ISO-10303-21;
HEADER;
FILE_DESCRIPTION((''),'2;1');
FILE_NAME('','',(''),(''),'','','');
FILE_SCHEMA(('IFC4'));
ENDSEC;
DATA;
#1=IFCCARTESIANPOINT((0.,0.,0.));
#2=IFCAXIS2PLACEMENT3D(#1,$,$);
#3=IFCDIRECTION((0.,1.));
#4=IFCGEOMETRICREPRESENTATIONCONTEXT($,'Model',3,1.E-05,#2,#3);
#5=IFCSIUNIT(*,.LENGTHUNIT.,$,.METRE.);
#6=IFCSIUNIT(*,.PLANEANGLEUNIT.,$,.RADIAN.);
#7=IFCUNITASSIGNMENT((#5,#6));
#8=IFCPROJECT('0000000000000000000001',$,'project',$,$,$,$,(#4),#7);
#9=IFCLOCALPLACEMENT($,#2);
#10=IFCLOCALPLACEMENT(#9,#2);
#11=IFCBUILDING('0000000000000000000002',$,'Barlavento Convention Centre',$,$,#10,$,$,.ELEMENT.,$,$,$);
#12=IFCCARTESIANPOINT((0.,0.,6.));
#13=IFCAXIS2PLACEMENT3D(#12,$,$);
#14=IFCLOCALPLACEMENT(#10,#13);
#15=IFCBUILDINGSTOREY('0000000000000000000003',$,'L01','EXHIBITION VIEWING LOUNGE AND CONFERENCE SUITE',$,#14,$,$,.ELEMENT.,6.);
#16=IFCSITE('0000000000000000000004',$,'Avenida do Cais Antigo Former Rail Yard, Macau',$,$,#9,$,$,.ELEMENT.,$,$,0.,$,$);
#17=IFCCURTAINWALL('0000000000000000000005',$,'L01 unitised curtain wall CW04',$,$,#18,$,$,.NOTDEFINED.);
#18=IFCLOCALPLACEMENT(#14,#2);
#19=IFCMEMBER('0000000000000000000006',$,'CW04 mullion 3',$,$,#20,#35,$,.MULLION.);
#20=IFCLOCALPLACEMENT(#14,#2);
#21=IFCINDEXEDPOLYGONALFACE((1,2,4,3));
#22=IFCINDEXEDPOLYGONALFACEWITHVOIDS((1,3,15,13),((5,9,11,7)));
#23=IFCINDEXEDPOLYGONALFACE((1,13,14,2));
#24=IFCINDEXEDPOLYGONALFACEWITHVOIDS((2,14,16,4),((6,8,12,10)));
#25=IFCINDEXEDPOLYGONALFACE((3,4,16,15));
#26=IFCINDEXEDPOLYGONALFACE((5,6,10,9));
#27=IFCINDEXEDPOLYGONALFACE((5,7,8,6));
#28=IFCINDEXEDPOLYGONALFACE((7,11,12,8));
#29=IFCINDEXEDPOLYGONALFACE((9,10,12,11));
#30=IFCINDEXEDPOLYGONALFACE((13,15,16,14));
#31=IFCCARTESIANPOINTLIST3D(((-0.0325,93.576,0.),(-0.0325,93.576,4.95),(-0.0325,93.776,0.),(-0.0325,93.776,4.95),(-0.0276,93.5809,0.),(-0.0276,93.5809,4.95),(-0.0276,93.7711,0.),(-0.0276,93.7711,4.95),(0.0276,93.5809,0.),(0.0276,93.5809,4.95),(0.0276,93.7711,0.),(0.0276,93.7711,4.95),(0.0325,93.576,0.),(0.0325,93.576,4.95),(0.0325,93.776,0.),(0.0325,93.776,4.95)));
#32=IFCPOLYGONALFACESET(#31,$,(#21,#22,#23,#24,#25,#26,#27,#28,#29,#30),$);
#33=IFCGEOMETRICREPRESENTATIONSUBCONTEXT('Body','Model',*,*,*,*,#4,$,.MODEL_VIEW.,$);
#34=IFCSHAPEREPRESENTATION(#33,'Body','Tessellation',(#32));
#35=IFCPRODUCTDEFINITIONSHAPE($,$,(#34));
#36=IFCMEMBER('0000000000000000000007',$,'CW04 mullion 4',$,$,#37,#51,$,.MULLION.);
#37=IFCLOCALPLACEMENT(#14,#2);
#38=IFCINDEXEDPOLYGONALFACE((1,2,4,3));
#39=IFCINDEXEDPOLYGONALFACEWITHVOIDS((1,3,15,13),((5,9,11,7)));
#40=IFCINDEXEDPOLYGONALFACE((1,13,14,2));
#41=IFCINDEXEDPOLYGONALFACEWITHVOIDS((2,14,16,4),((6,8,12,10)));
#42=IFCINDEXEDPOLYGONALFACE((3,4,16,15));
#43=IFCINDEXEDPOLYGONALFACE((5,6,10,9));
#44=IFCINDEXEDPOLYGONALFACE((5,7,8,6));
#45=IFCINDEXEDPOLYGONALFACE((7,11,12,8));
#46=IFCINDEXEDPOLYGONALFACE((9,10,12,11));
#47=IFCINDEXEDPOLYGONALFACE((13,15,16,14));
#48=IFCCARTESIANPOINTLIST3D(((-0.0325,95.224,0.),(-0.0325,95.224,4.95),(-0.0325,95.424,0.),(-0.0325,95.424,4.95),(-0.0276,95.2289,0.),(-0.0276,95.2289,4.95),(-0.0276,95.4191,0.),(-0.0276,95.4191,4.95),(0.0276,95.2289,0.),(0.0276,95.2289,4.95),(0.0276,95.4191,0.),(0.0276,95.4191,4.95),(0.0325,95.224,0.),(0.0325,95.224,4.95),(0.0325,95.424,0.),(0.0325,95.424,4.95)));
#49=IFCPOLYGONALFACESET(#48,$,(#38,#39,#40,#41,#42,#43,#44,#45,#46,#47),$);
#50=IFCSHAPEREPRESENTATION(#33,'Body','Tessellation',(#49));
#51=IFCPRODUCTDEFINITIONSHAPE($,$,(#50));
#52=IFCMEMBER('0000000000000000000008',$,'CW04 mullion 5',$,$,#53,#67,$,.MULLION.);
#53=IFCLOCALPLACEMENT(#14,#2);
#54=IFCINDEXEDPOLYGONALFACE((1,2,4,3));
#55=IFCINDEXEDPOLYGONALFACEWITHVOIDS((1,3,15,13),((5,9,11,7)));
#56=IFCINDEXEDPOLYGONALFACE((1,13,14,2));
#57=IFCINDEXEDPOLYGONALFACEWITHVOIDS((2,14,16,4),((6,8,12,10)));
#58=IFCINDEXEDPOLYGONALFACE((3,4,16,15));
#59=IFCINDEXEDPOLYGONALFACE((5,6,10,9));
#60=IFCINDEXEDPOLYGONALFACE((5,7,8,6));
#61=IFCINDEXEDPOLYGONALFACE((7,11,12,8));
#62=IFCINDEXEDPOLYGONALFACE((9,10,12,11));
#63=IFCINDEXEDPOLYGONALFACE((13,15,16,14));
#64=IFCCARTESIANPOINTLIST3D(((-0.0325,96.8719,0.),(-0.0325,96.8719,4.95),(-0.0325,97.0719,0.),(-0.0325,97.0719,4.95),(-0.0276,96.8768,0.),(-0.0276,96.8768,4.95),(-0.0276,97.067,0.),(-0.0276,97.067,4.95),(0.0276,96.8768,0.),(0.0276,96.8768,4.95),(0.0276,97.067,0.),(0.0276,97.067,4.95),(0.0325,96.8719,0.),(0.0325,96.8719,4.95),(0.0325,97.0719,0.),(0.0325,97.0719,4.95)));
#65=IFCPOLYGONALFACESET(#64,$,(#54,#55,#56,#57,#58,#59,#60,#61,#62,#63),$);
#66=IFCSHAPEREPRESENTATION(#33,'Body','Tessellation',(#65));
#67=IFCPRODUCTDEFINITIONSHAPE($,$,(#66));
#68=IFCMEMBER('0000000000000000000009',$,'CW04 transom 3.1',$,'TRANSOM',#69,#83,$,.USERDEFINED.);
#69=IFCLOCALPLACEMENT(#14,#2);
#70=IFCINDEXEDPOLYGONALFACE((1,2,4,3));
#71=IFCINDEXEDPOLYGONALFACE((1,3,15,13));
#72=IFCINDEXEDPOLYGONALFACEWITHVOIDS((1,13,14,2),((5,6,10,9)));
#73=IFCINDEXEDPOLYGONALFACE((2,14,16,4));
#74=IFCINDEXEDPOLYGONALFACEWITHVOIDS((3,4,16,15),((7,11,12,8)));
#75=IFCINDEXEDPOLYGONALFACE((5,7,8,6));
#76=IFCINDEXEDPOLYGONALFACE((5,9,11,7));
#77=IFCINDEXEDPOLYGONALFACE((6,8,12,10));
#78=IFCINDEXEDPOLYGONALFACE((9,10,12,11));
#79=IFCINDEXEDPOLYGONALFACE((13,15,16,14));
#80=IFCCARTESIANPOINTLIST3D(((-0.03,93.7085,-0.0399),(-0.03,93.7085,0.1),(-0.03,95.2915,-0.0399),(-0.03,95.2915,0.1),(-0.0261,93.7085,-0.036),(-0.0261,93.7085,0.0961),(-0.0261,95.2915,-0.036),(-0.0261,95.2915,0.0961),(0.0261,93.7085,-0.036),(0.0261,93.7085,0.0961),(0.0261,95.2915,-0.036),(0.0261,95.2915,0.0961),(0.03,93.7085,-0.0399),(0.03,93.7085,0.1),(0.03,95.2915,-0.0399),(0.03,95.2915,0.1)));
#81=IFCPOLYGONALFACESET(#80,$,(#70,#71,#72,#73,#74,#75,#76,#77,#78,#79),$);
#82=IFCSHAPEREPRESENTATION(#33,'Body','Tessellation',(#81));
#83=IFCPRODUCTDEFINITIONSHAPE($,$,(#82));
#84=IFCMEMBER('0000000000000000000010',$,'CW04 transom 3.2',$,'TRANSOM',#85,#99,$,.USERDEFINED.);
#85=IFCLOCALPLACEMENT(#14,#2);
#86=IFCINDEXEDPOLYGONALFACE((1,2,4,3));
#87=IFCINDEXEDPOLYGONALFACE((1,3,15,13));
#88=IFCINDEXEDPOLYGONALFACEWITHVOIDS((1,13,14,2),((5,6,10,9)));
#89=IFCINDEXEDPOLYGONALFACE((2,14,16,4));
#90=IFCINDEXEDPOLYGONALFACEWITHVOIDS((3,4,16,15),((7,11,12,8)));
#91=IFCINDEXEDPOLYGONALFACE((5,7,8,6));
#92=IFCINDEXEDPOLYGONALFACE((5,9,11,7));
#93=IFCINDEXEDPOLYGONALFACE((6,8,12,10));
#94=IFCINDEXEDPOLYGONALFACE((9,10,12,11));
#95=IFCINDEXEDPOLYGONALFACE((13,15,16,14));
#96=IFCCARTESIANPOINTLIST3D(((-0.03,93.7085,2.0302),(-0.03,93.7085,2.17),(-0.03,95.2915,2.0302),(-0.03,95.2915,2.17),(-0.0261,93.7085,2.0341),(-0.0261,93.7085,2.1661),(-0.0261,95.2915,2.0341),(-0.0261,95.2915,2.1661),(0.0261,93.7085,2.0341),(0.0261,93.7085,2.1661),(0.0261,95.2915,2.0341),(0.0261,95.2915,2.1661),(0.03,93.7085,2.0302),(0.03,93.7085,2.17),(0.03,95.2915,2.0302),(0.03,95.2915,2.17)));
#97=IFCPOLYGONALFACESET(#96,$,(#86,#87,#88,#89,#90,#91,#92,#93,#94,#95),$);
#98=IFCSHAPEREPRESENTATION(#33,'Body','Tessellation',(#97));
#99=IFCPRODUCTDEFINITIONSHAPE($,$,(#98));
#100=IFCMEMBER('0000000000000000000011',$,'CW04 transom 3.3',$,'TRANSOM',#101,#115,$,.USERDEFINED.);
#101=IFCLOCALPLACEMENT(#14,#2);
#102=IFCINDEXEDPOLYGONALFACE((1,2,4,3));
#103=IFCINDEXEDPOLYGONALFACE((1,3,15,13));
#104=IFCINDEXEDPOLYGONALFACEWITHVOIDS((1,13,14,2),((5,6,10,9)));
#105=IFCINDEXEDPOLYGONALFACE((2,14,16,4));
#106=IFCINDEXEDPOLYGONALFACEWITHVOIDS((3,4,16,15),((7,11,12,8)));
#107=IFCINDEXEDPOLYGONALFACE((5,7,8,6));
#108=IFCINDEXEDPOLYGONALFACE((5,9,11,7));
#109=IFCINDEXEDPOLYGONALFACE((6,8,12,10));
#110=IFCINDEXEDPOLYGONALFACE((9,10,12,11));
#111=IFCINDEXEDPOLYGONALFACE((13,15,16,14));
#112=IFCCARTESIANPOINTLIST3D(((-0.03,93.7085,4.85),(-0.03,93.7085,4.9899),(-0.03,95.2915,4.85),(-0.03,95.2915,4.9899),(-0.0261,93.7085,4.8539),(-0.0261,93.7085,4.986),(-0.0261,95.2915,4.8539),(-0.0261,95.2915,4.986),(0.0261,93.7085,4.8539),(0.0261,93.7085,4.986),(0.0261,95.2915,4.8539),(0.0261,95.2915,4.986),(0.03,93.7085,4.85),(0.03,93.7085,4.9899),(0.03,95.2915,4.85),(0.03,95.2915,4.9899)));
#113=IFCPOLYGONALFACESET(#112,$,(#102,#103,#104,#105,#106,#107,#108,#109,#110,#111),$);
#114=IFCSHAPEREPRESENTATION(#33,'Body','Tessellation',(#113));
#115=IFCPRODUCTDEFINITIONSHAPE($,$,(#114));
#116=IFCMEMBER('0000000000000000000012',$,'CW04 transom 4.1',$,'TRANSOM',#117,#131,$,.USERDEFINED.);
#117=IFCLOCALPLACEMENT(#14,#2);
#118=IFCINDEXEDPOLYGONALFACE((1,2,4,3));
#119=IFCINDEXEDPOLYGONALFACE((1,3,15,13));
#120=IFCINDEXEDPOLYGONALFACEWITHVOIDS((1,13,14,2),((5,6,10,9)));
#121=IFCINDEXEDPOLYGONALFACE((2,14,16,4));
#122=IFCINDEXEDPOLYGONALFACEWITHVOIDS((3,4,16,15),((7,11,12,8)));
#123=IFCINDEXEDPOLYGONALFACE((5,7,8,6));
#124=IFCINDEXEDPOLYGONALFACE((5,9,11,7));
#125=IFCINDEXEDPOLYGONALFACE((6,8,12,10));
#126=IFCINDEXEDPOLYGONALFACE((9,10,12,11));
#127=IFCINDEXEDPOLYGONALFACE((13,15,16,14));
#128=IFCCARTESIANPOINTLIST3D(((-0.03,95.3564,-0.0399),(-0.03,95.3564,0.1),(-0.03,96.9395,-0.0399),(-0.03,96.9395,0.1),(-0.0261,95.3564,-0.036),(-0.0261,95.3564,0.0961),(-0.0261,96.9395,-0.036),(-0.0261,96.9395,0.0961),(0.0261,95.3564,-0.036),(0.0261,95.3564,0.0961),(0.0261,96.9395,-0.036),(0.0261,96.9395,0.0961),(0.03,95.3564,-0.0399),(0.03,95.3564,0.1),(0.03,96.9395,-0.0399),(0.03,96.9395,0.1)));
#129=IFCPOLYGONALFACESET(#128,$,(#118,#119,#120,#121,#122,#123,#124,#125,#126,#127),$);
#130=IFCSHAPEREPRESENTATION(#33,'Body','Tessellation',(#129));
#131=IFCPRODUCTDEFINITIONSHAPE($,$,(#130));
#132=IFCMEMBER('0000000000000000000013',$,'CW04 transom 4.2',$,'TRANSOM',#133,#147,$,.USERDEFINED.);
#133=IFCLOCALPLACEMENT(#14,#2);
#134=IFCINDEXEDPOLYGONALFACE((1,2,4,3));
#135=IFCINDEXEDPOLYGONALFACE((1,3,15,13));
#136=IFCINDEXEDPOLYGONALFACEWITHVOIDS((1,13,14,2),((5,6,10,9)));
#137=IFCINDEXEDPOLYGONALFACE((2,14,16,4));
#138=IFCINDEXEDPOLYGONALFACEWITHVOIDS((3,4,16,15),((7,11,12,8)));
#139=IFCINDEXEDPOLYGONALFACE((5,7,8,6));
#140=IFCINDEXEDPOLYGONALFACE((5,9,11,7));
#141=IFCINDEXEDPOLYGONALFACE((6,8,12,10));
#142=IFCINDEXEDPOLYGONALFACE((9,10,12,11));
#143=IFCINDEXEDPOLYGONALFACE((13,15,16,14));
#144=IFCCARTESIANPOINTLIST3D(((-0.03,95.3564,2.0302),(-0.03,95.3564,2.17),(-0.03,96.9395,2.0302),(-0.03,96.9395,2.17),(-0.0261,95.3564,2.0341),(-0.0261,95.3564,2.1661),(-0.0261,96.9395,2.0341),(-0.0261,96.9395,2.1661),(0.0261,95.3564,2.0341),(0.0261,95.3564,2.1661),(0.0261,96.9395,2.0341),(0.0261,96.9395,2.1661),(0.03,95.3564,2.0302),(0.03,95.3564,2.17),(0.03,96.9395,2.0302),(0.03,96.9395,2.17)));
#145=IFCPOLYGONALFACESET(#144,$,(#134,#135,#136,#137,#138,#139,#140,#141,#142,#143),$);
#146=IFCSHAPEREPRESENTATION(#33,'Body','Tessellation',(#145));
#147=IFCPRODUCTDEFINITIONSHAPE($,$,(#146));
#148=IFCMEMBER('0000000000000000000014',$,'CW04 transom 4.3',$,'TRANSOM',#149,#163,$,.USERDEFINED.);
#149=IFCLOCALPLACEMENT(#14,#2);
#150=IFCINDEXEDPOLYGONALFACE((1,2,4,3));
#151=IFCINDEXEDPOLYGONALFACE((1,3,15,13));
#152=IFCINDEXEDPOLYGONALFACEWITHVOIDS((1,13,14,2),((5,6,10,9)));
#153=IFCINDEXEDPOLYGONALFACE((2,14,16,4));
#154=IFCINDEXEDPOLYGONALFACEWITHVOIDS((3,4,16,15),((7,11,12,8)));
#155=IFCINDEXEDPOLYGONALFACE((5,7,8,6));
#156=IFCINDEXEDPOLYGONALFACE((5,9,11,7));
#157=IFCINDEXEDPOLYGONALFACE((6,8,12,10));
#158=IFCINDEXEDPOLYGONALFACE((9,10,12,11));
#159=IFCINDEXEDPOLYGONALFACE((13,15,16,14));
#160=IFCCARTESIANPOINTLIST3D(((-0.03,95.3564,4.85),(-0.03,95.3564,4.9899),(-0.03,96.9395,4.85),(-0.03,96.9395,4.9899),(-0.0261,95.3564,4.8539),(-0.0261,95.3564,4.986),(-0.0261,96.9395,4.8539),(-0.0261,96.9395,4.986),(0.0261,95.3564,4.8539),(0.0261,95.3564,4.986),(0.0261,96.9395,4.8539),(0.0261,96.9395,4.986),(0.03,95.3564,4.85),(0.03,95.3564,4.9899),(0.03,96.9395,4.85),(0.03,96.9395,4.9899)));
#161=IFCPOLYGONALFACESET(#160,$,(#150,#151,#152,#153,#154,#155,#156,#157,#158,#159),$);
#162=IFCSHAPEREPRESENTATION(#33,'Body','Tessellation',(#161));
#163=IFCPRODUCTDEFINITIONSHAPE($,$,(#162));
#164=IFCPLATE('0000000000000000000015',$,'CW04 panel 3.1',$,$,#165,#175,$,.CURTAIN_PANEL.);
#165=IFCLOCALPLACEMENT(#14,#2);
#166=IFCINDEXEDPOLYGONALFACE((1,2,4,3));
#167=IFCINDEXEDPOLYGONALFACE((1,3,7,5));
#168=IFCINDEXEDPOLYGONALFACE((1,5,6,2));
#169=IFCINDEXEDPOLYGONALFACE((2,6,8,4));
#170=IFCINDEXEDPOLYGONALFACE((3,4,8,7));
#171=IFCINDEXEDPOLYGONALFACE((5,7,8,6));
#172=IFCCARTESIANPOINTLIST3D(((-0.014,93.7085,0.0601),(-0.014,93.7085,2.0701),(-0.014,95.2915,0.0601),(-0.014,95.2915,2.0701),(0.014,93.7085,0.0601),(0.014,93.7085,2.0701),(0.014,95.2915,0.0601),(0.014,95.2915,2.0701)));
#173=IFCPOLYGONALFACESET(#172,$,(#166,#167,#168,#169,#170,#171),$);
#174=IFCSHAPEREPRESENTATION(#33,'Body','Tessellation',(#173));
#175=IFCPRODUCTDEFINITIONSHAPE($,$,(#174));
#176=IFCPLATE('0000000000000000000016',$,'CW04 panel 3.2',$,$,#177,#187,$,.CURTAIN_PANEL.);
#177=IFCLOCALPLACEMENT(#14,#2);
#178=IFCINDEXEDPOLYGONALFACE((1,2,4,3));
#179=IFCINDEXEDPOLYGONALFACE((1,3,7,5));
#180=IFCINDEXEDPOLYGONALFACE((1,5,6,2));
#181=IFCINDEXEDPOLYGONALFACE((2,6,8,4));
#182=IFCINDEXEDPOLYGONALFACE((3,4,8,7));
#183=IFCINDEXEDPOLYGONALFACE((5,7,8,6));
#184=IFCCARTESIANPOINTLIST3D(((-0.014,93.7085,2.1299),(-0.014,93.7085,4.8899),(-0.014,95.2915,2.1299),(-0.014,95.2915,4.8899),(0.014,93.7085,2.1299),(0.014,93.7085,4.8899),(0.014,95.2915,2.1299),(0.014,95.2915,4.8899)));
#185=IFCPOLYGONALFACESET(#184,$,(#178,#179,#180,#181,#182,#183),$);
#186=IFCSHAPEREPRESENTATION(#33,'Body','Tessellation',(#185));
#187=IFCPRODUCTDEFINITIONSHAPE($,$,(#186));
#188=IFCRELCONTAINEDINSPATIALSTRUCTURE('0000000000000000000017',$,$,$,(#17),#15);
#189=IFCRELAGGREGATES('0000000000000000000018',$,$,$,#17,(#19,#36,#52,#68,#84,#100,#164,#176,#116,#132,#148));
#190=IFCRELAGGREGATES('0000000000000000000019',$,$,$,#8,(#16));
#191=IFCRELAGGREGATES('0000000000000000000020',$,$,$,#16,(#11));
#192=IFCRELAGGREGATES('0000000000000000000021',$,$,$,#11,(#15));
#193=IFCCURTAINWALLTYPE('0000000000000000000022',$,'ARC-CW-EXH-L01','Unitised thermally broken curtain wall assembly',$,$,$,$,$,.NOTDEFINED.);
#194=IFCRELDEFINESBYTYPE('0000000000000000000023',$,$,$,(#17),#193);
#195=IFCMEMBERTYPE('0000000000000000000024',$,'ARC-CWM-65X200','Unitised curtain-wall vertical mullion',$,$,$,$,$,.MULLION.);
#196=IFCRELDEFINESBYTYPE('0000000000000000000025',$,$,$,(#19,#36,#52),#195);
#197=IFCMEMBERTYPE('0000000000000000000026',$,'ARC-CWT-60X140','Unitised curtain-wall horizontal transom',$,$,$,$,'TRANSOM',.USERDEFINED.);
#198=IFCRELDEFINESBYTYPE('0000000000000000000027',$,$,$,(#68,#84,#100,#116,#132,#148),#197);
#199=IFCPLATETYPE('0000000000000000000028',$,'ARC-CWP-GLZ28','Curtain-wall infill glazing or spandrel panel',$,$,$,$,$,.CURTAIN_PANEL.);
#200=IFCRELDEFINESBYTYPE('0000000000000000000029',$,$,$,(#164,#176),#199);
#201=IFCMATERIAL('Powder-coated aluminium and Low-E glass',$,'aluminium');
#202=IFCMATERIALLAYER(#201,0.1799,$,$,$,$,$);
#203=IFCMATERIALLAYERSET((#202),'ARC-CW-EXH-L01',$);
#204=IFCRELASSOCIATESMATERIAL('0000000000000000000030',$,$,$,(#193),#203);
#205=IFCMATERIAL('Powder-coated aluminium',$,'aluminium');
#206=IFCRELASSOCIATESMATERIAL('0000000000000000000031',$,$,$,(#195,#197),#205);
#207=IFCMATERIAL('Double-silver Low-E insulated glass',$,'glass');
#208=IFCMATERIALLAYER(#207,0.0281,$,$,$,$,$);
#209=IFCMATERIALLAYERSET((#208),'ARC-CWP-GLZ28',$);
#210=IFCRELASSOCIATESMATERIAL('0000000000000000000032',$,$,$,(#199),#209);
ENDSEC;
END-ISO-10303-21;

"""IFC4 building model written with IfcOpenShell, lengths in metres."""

from ifc_helpers import new_model, si_unit, direction, frame, origin, origin_2d, place, context, subcontext, project, spatial, rectangle, hollow_rectangle, extrude, material, layer, layer_set, material_profile, profile_set, type_object, element, aggregate, save


model = new_model("IFC4")

# Units and contexts
model_context = context("Model", 3, precision=1e-05, world=origin(), true_north=direction((0.0, 1.0)))
body_context = subcontext(model_context, "Body", "Model", "MODEL_VIEW")
ifc_project = project(units=[si_unit("LENGTHUNIT", "METRE"), si_unit("PLANEANGLEUNIT", "RADIAN")], contexts=[model_context])

# Site, building, storey
site_placement = place(None, origin())
site = spatial("IfcSite", under=ifc_project, at=site_placement, Name="Avenida do Cais Antigo Former Rail Yard, Macau", CompositionType="ELEMENT", RefElevation=0.0)
building_placement = place(site_placement, origin())
building = spatial("IfcBuilding", under=site, at=building_placement, Name="Barlavento Convention Centre", CompositionType="ELEMENT")
storey_placement = place(building_placement, frame((0.0, 0.0, 6.0)))
storey = spatial("IfcBuildingStorey", under=building, at=storey_placement, Name="L01", Description="EXHIBITION VIEWING LOUNGE AND CONFERENCE SUITE", CompositionType="ELEMENT", Elevation=6.0)

# Curtain wall, members, plates
ifc_material_1 = material(Name="Powder-coated aluminium and Low-E glass", Category="aluminium")
ifc_layer_1 = layer(ifc_material_1, 0.1799)
ifc_layer_set_1 = layer_set([ifc_layer_1], Name="ARC-CW-EXH-L01")
curtain_wall_type = type_object("IfcCurtainWallType", Name="ARC-CW-EXH-L01", Description="Unitised thermally broken curtain wall assembly", PredefinedType="NOTDEFINED", material=ifc_layer_set_1)
curtain_wall_placement = place(storey_placement, origin())
curtain_wall = element("IfcCurtainWall", 1, at=curtain_wall_placement, inside=storey, type_object=curtain_wall_type, Name="L01 unitised curtain wall CW04", PredefinedType="NOTDEFINED")
ifc_material_2 = material(Name="Powder-coated aluminium", Category="aluminium")
ifc_material_profile_1 = material_profile(ifc_material_2, hollow_rectangle(XDim=0.0649, YDim=0.2, WallThickness=0.0049, at=origin_2d()), Name="AL-MULL 65x200x5")
ifc_profile_set_1 = profile_set([ifc_material_profile_1], Name="Powder-coated aluminium")
member_type_1 = type_object("IfcMemberType", Name="ARC-CWM-65X200", Description="Unitised curtain-wall vertical mullion", PredefinedType="MULLION", material=ifc_profile_set_1)
member_1_placement = place(storey_placement, frame((0.0, 93.676, 0.0), z_axis=(0.0, 0.0, 1.0), x_axis=(-1.0, 0.0, 0.0)))
member_1 = element("IfcMember", 2, at=member_1_placement, type_object=member_type_1, Name="CW04 mullion 3", PredefinedType="MULLION", context=body_context, shape_type="SweptSolid", body=[
    extrude(hollow_rectangle(XDim=0.0649, YDim=0.2, WallThickness=0.0049, at=origin_2d()), origin(), (0.0, 0.0, 1.0), 4.95),
])
member_2_placement = place(storey_placement, frame((0.0, 95.324, 0.0), z_axis=(0.0, 0.0, 1.0), x_axis=(-1.0, 0.0, 0.0)))
member_2 = element("IfcMember", 3, at=member_2_placement, type_object=member_type_1, Name="CW04 mullion 4", PredefinedType="MULLION", context=body_context, shape_type="SweptSolid", body=[
    extrude(hollow_rectangle(XDim=0.0649, YDim=0.2, WallThickness=0.0049, at=origin_2d()), origin(), (0.0, 0.0, 1.0), 4.95),
])
member_3_placement = place(storey_placement, frame((0.0, 96.9719, 0.0), z_axis=(0.0, 0.0, 1.0), x_axis=(-1.0, 0.0, 0.0)))
member_3 = element("IfcMember", 4, at=member_3_placement, type_object=member_type_1, Name="CW04 mullion 5", PredefinedType="MULLION", context=body_context, shape_type="SweptSolid", body=[
    extrude(hollow_rectangle(XDim=0.0649, YDim=0.2, WallThickness=0.0049, at=origin_2d()), origin(), (0.0, 0.0, 1.0), 4.95),
])
ifc_material_profile_2 = material_profile(ifc_material_2, hollow_rectangle(XDim=0.0601, YDim=0.1399, WallThickness=0.0039, at=origin_2d()), Name="AL-TRAN 60x140x4")
ifc_profile_set_2 = profile_set([ifc_material_profile_2], Name="Powder-coated aluminium")
member_type_2 = type_object("IfcMemberType", Name="ARC-CWT-60X140", Description="Unitised curtain-wall horizontal transom", ElementType="TRANSOM", PredefinedType="USERDEFINED", material=ifc_profile_set_2)
member_4_placement = place(storey_placement, frame((0.0, 93.7085, 0.03), z_axis=(0.0, 1.0, 0.0), x_axis=(-1.0, 0.0, 0.0)))
member_4 = element("IfcMember", 5, at=member_4_placement, type_object=member_type_2, Name="CW04 transom 3.1", ObjectType="TRANSOM", PredefinedType="USERDEFINED", context=body_context, shape_type="SweptSolid", body=[
    extrude(hollow_rectangle(XDim=0.0601, YDim=0.1399, WallThickness=0.0039, at=origin_2d()), origin(), (0.0, 0.0, 1.0), 1.583),
])
member_5_placement = place(storey_placement, frame((0.0, 93.7085, 2.1001), z_axis=(0.0, 1.0, 0.0), x_axis=(-1.0, 0.0, 0.0)))
member_5 = element("IfcMember", 6, at=member_5_placement, type_object=member_type_2, Name="CW04 transom 3.2", ObjectType="TRANSOM", PredefinedType="USERDEFINED", context=body_context, shape_type="SweptSolid", body=[
    extrude(hollow_rectangle(XDim=0.0601, YDim=0.1399, WallThickness=0.0039, at=origin_2d()), origin(), (0.0, 0.0, 1.0), 1.583),
])
member_6_placement = place(storey_placement, frame((0.0, 93.7085, 4.9199), z_axis=(0.0, 1.0, 0.0), x_axis=(-1.0, 0.0, 0.0)))
member_6 = element("IfcMember", 7, at=member_6_placement, type_object=member_type_2, Name="CW04 transom 3.3", ObjectType="TRANSOM", PredefinedType="USERDEFINED", context=body_context, shape_type="SweptSolid", body=[
    extrude(hollow_rectangle(XDim=0.0601, YDim=0.1399, WallThickness=0.0039, at=origin_2d()), origin(), (0.0, 0.0, 1.0), 1.583),
])
member_7_placement = place(storey_placement, frame((0.0, 95.3564, 0.03), z_axis=(0.0, 1.0, 0.0), x_axis=(-1.0, 0.0, 0.0)))
member_7 = element("IfcMember", 8, at=member_7_placement, type_object=member_type_2, Name="CW04 transom 4.1", ObjectType="TRANSOM", PredefinedType="USERDEFINED", context=body_context, shape_type="SweptSolid", body=[
    extrude(hollow_rectangle(XDim=0.0601, YDim=0.1399, WallThickness=0.0039, at=origin_2d()), origin(), (0.0, 0.0, 1.0), 1.583),
])
member_8_placement = place(storey_placement, frame((0.0, 95.3564, 2.1001), z_axis=(0.0, 1.0, 0.0), x_axis=(-1.0, 0.0, 0.0)))
member_8 = element("IfcMember", 9, at=member_8_placement, type_object=member_type_2, Name="CW04 transom 4.2", ObjectType="TRANSOM", PredefinedType="USERDEFINED", context=body_context, shape_type="SweptSolid", body=[
    extrude(hollow_rectangle(XDim=0.0601, YDim=0.1399, WallThickness=0.0039, at=origin_2d()), origin(), (0.0, 0.0, 1.0), 1.583),
])
member_9_placement = place(storey_placement, frame((0.0, 95.3564, 4.9199), z_axis=(0.0, 1.0, 0.0), x_axis=(-1.0, 0.0, 0.0)))
member_9 = element("IfcMember", 10, at=member_9_placement, type_object=member_type_2, Name="CW04 transom 4.3", ObjectType="TRANSOM", PredefinedType="USERDEFINED", context=body_context, shape_type="SweptSolid", body=[
    extrude(hollow_rectangle(XDim=0.0601, YDim=0.1399, WallThickness=0.0039, at=origin_2d()), origin(), (0.0, 0.0, 1.0), 1.583),
])
ifc_material_3 = material(Name="Double-silver Low-E insulated glass", Category="glass")
ifc_layer_2 = layer(ifc_material_3, 0.0281)
ifc_layer_set_2 = layer_set([ifc_layer_2], Name="ARC-CWP-GLZ28")
plate_type = type_object("IfcPlateType", Name="ARC-CWP-GLZ28", Description="Curtain-wall infill glazing or spandrel panel", PredefinedType="CURTAIN_PANEL", material=ifc_layer_set_2)
plate_1_placement = place(storey_placement, frame((0.0, 94.5, 0.0601), z_axis=(0.0, 0.0, 1.0), x_axis=(0.0, 1.0, 0.0)))
plate_1 = element("IfcPlate", 11, at=plate_1_placement, type_object=plate_type, Name="CW04 panel 3.1", PredefinedType="CURTAIN_PANEL", context=body_context, shape_type="SweptSolid", body=[
    extrude(rectangle(XDim=1.583, YDim=0.0281, at=origin_2d()), origin(), (0.0, 0.0, 1.0), 2.01),
])
plate_2_placement = place(storey_placement, frame((0.0, 94.5, 2.1299), z_axis=(0.0, 0.0, 1.0), x_axis=(0.0, 1.0, 0.0)))
plate_2 = element("IfcPlate", 12, at=plate_2_placement, type_object=plate_type, Name="CW04 panel 3.2", PredefinedType="CURTAIN_PANEL", context=body_context, shape_type="SweptSolid", body=[
    extrude(rectangle(XDim=1.583, YDim=0.0281, at=origin_2d()), origin(), (0.0, 0.0, 1.0), 2.76),
])
aggregate(curtain_wall, [member_1, member_2, member_3, member_4, member_5, member_6, plate_1, plate_2, member_7, member_8, member_9])

save(model, "model.ifc")
